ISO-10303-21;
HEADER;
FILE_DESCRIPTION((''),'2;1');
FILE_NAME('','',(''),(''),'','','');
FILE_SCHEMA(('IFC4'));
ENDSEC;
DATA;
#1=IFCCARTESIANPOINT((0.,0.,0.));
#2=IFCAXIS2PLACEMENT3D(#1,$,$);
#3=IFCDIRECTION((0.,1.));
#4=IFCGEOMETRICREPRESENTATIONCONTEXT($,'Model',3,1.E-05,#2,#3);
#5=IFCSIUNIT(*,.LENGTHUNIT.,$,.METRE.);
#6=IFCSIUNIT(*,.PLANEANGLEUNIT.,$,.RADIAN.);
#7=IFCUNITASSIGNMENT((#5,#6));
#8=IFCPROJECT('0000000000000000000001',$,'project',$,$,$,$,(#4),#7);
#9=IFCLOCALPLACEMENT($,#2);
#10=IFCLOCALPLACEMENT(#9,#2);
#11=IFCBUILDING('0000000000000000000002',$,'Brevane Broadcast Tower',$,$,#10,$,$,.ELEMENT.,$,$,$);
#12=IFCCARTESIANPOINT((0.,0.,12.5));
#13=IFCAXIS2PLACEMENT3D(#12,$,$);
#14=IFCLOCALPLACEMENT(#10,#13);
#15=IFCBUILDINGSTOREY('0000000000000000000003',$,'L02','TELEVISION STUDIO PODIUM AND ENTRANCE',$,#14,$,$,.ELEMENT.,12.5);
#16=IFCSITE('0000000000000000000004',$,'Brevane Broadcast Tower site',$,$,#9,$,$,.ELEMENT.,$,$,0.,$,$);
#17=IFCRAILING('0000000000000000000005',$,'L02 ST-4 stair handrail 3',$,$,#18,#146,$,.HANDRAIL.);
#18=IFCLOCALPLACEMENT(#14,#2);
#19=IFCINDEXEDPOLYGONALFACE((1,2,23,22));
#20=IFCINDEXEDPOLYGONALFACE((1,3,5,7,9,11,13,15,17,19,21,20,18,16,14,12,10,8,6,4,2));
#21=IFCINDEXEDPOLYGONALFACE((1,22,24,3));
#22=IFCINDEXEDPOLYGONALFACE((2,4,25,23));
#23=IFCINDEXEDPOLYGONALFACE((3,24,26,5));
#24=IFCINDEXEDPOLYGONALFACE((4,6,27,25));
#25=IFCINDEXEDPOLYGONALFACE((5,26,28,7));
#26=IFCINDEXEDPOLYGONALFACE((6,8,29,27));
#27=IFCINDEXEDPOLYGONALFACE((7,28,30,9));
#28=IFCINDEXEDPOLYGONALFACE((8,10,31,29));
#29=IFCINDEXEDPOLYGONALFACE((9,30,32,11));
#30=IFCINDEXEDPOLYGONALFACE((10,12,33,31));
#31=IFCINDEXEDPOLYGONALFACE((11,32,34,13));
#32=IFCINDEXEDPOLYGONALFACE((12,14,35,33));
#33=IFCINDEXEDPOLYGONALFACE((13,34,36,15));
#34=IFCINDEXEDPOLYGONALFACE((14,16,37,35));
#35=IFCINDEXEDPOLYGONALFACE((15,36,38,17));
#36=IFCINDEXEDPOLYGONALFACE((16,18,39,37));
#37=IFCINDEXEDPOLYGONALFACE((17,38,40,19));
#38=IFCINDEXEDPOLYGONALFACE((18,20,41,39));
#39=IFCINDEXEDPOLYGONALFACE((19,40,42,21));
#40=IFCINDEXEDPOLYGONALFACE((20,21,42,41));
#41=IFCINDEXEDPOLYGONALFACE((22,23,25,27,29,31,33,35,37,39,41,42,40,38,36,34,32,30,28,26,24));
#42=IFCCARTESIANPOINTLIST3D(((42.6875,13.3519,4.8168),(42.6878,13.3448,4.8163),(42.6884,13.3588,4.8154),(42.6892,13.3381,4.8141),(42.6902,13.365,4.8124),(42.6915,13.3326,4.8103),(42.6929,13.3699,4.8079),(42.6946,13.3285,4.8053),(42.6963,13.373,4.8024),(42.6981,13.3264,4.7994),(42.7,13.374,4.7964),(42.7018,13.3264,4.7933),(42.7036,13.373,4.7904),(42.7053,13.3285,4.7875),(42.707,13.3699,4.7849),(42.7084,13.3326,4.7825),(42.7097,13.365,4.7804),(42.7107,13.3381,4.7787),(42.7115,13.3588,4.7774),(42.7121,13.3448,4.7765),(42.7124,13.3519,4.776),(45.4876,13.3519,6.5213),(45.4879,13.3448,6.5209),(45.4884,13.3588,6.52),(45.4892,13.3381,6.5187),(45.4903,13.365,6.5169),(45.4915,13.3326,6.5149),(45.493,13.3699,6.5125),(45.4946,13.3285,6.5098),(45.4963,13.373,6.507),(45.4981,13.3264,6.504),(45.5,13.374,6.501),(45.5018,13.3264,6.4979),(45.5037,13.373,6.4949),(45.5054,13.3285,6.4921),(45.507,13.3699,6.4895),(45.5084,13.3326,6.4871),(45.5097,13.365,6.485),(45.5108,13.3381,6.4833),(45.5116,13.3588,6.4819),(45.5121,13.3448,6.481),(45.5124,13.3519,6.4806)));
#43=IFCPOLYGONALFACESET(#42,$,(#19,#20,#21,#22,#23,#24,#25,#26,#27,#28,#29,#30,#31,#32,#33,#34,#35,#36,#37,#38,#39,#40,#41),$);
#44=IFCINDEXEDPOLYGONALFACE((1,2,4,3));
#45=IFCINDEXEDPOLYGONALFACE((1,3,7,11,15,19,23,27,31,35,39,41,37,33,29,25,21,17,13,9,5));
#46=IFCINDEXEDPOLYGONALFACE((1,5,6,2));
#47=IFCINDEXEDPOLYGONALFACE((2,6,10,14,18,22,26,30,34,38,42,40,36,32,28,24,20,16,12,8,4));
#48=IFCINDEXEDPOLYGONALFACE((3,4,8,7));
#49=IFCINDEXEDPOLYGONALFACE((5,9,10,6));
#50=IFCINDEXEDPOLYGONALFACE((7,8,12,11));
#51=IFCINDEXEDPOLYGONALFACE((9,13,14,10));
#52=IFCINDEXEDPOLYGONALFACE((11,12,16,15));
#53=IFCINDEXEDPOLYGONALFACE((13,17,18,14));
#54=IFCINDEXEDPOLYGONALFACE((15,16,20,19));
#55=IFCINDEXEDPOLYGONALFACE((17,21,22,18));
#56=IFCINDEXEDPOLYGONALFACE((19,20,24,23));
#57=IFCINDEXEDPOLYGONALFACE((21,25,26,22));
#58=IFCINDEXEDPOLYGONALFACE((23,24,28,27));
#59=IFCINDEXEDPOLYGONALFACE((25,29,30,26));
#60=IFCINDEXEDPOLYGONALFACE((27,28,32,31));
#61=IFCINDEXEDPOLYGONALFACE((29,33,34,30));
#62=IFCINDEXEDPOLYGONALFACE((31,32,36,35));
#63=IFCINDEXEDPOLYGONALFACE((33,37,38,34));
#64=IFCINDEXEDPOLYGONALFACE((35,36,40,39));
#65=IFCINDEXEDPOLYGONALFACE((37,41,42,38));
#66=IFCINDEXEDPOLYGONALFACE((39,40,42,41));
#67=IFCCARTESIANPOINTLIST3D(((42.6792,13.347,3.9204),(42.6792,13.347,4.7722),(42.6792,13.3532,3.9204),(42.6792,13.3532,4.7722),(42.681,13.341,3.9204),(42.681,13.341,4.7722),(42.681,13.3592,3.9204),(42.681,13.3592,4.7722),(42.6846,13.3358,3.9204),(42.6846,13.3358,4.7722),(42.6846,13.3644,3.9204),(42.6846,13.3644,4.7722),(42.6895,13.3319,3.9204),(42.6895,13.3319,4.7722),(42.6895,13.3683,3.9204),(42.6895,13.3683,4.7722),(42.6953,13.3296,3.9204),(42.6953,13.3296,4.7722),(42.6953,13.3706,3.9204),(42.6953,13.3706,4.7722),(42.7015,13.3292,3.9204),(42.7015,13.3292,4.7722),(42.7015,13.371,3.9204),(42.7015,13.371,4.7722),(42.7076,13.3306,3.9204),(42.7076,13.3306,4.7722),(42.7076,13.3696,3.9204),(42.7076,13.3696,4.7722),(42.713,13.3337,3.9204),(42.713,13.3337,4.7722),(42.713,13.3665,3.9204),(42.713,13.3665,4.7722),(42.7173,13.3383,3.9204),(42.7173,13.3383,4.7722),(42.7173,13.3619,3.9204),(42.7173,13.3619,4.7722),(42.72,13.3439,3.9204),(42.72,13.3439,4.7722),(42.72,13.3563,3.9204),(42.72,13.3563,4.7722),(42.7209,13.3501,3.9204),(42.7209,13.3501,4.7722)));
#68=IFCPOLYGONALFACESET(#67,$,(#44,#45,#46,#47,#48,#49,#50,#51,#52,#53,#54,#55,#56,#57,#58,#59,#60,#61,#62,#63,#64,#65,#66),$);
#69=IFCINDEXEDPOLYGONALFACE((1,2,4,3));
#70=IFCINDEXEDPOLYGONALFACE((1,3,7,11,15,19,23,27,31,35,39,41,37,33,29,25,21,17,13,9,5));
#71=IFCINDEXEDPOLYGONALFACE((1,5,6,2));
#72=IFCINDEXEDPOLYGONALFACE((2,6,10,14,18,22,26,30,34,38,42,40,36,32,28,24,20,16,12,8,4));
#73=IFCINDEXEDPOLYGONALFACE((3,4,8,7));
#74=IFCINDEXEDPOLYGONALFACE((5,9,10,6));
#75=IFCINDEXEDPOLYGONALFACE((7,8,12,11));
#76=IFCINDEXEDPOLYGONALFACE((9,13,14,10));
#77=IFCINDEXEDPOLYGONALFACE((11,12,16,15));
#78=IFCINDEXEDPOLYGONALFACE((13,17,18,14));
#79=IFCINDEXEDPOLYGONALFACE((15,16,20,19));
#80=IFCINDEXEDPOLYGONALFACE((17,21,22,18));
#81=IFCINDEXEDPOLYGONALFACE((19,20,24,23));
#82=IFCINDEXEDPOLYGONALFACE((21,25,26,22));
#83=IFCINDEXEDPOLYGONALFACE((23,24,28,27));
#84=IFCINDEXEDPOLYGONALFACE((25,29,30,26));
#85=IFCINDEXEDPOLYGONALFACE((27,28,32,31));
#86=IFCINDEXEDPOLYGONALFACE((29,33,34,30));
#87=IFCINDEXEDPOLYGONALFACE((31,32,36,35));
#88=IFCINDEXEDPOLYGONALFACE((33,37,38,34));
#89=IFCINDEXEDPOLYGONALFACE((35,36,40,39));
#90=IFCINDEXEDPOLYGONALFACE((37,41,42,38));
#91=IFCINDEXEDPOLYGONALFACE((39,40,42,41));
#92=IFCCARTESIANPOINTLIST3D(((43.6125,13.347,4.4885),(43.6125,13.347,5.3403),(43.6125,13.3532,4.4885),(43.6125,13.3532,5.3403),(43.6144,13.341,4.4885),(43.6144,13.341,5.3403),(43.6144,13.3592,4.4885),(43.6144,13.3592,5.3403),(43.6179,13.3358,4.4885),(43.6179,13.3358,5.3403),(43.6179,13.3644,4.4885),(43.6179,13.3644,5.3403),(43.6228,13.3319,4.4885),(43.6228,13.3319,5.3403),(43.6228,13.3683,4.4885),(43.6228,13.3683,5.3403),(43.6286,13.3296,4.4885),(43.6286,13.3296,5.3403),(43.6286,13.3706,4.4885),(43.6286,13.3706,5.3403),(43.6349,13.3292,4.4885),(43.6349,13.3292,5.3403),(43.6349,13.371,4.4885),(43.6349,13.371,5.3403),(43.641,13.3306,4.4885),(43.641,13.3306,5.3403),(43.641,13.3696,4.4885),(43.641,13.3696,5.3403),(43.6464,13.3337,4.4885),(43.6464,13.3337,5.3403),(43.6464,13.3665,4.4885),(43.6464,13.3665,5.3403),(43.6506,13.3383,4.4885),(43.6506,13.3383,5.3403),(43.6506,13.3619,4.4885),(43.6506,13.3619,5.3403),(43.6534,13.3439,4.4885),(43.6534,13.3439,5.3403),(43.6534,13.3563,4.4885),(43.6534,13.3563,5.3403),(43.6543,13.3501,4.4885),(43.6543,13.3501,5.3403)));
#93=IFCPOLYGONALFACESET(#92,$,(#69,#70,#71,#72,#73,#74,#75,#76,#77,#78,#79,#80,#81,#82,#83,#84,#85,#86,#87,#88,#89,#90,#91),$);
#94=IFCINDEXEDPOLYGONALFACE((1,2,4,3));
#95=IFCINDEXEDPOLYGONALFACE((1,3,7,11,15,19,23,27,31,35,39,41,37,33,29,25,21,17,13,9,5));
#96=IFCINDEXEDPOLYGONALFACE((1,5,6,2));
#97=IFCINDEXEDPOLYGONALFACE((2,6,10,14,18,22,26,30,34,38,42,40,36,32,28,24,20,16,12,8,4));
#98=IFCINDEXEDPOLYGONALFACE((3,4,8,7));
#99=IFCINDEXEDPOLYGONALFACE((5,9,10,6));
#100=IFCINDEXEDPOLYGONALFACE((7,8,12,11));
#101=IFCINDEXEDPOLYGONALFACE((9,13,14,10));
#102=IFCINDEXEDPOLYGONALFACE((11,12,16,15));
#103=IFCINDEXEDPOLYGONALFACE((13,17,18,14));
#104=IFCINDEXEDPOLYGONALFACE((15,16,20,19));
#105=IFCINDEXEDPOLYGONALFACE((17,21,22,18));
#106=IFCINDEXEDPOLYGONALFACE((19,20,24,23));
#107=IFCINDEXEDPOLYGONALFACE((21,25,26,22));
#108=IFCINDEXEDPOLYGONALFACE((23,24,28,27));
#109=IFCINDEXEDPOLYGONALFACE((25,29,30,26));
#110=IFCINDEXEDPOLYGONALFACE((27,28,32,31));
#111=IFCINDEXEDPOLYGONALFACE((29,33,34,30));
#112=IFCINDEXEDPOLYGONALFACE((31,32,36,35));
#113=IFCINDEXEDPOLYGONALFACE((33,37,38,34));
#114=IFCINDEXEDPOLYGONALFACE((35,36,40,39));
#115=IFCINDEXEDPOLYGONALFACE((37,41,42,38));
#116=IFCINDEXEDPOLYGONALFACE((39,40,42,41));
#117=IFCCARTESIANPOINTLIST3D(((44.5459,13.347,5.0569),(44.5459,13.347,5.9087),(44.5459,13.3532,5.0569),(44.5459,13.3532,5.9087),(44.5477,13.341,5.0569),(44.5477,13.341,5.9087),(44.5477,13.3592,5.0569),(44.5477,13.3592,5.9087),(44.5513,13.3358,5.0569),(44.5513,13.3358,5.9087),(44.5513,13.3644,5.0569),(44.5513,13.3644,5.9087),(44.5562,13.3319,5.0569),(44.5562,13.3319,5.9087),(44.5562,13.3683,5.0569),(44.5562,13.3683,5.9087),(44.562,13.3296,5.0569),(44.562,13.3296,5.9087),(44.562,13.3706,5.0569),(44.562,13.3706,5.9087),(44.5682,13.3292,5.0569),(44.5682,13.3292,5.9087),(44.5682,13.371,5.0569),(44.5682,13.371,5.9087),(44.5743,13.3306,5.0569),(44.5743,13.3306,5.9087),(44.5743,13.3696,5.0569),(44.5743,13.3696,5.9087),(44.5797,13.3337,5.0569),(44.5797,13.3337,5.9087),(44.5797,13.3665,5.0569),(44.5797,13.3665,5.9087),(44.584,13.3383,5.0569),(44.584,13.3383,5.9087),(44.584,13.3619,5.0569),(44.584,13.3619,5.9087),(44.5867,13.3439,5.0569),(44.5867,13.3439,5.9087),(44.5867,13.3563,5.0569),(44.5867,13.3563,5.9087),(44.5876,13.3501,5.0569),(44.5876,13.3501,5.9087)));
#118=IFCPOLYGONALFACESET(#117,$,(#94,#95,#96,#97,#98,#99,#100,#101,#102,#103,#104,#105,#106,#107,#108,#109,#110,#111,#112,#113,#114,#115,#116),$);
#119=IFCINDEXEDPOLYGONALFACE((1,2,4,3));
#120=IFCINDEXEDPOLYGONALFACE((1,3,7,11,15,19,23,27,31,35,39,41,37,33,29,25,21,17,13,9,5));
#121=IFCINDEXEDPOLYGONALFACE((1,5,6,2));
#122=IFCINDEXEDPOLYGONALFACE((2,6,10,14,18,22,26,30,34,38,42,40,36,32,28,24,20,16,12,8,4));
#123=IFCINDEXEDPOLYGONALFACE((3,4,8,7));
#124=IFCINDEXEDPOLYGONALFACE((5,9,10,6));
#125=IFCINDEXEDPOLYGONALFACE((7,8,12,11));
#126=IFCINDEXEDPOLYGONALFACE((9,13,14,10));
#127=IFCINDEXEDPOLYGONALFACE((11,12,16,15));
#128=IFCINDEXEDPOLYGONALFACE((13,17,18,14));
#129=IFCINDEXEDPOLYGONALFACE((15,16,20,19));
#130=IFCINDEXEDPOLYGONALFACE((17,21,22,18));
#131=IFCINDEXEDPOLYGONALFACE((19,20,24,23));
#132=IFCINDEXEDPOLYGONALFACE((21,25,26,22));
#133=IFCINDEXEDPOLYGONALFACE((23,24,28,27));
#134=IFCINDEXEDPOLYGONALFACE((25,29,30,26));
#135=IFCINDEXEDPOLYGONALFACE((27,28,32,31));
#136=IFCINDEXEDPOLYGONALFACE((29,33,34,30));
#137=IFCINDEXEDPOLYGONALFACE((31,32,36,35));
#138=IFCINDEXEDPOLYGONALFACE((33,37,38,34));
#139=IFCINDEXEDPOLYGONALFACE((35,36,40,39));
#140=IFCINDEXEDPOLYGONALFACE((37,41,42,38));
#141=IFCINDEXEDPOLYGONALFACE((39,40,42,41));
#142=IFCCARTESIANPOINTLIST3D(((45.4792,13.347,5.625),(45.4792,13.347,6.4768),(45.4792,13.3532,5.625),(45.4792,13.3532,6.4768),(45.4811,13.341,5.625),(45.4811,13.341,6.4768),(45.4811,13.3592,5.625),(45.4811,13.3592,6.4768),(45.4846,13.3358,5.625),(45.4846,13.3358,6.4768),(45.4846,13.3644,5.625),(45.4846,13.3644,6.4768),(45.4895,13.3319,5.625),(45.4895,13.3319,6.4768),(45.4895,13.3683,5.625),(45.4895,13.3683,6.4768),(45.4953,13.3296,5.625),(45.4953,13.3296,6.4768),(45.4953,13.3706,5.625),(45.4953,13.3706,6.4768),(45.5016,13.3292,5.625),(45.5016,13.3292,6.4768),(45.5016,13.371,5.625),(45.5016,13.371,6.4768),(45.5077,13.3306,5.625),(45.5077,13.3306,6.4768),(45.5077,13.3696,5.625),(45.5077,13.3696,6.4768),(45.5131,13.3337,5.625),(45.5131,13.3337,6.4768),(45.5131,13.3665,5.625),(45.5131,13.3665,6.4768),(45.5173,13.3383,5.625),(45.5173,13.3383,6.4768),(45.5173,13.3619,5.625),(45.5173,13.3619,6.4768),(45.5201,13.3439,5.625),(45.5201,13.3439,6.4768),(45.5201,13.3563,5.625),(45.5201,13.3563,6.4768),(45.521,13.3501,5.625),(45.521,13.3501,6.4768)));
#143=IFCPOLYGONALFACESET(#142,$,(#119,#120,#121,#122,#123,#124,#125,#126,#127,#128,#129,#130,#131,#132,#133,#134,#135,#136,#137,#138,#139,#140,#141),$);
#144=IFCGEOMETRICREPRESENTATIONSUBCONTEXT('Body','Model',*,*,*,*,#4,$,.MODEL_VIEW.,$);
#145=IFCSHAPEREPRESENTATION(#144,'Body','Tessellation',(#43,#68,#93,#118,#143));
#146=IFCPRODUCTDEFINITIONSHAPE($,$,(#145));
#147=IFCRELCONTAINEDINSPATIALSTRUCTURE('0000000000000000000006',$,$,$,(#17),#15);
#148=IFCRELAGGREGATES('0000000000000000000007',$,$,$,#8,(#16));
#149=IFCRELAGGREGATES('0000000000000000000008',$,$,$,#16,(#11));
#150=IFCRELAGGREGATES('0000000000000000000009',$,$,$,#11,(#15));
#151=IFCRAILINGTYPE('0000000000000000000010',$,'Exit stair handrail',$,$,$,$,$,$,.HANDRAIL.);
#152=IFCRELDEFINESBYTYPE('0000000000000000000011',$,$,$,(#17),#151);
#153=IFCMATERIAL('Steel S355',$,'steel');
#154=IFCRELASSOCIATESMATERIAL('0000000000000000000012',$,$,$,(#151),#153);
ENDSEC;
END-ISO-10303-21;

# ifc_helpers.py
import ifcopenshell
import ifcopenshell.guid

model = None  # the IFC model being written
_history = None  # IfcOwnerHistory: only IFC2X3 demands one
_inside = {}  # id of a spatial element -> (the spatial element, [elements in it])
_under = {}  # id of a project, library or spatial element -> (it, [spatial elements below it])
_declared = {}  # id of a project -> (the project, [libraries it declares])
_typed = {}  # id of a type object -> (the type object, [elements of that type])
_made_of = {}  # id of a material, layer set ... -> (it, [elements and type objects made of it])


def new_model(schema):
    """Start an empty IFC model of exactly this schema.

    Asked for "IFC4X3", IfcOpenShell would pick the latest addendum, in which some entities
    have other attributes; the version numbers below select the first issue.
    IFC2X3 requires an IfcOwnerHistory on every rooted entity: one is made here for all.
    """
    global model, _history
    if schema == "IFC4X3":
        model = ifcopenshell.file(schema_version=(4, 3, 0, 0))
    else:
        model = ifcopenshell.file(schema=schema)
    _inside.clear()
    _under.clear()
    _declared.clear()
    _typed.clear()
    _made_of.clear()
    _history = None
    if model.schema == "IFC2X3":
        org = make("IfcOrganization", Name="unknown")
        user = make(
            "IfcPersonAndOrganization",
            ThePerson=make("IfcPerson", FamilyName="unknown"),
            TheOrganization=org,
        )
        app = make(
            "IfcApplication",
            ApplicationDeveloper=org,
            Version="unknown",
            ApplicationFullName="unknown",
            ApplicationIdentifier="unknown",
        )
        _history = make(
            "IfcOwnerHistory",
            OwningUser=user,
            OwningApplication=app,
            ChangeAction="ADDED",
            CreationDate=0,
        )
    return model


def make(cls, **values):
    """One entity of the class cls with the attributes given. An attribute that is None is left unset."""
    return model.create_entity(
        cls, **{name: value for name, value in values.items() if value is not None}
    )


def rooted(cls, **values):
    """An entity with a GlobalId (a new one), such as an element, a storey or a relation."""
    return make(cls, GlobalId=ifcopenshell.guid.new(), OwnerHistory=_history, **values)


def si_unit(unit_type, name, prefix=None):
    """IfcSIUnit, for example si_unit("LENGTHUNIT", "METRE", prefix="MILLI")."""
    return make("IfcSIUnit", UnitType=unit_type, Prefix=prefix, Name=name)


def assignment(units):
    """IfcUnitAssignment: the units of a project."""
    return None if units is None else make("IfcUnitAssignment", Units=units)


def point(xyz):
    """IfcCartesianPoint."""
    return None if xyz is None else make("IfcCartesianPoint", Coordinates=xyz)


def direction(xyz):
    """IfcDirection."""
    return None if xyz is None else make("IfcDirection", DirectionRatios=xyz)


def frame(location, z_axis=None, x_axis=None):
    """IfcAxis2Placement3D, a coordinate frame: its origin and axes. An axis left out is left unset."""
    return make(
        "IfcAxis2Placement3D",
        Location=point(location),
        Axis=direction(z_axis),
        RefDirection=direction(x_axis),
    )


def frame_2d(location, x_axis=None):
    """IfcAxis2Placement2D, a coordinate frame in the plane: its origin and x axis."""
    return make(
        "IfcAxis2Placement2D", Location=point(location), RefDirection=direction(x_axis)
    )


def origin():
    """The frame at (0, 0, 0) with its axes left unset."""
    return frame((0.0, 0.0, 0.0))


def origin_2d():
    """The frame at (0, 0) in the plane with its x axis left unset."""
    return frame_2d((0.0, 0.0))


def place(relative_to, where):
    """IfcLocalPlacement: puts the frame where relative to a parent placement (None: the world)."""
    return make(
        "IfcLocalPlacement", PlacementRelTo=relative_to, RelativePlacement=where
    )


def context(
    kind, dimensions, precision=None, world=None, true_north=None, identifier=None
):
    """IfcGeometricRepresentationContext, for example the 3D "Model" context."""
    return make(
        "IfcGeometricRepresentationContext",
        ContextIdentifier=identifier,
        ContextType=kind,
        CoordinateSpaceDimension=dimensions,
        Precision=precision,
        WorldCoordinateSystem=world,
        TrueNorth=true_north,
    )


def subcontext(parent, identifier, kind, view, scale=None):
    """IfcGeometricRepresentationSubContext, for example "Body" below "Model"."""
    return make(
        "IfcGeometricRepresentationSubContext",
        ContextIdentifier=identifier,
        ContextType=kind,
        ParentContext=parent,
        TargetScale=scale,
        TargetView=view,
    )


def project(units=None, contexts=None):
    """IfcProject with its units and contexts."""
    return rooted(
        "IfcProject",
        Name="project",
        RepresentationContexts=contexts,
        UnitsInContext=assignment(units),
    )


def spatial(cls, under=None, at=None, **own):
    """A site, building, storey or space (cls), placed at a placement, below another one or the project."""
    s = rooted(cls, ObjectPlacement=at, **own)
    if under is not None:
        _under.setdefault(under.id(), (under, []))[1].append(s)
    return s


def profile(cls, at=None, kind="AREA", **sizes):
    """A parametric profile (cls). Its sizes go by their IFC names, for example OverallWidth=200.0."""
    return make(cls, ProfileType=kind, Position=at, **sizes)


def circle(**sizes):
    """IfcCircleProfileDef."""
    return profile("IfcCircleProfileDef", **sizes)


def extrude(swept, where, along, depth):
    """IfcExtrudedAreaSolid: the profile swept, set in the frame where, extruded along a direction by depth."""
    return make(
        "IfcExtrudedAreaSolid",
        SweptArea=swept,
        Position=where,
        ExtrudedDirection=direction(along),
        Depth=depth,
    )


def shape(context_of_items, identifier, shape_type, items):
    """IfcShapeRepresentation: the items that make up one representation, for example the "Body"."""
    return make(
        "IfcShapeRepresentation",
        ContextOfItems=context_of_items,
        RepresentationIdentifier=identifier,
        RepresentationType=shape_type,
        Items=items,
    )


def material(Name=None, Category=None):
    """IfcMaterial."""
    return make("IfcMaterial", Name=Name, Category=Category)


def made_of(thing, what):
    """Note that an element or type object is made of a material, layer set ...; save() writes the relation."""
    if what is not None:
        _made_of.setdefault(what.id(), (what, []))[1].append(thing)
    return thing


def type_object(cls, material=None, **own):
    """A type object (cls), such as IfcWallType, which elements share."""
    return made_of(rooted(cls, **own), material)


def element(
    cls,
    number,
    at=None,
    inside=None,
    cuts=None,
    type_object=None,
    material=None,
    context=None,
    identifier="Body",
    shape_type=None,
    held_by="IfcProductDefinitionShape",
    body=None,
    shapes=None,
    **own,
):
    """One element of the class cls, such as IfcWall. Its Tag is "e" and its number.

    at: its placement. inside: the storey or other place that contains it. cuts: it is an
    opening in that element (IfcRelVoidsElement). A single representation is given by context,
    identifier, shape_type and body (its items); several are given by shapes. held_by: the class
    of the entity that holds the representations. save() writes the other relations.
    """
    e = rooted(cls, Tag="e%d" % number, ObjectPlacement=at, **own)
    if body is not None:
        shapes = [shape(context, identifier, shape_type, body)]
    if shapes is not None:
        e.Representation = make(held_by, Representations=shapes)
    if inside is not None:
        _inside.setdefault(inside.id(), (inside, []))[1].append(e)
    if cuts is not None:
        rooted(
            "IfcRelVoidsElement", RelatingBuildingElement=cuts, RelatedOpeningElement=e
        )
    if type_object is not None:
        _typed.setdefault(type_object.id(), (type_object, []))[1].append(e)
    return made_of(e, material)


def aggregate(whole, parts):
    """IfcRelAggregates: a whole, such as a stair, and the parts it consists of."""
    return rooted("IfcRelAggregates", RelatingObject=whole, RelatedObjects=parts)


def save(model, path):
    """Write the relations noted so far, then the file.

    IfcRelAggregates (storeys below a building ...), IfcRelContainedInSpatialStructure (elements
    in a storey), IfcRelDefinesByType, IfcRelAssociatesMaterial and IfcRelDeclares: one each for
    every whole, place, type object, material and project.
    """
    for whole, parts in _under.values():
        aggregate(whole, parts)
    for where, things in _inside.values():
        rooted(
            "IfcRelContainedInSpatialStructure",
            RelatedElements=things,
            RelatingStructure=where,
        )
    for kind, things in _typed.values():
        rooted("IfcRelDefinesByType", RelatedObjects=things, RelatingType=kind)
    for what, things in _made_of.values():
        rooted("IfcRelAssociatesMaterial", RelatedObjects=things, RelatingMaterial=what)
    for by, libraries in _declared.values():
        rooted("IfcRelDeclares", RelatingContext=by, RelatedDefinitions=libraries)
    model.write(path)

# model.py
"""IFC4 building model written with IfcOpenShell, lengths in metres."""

from ifc_helpers import new_model, si_unit, direction, frame, origin, origin_2d, place, context, subcontext, project, spatial, circle, extrude, material, type_object, element, save


model = new_model("IFC4")

# Units and contexts
model_context = context("Model", 3, precision=1e-05, world=origin(), true_north=direction((0.0, 1.0)))
body_context = subcontext(model_context, "Body", "Model", "MODEL_VIEW")
ifc_project = project(units=[si_unit("LENGTHUNIT", "METRE"), si_unit("PLANEANGLEUNIT", "RADIAN")], contexts=[model_context])

# Site, building, storey
site_placement = place(None, origin())
site = spatial("IfcSite", under=ifc_project, at=site_placement, Name="Brevane Broadcast Tower site", CompositionType="ELEMENT", RefElevation=0.0)
building_placement = place(site_placement, origin())
building = spatial("IfcBuilding", under=site, at=building_placement, Name="Brevane Broadcast Tower", CompositionType="ELEMENT")
storey_placement = place(building_placement, frame((0.0, 0.0, 12.5)))
storey = spatial("IfcBuildingStorey", under=building, at=storey_placement, Name="L02", Description="TELEVISION STUDIO PODIUM AND ENTRANCE", CompositionType="ELEMENT", Elevation=12.5)

# Railing
ifc_material_1 = material(Name="Steel S355", Category="steel")
railing_type_1 = type_object("IfcRailingType", Name="Exit stair handrail", PredefinedType="HANDRAIL", material=ifc_material_1)
railing_1_placement = place(storey_placement, frame((42.7, 13.3501, 3.9204)))
element("IfcRailing", 1, at=railing_1_placement, inside=storey, type_object=railing_type_1, Name="L02 ST-4 stair handrail 3", PredefinedType="HANDRAIL", context=body_context, shape_type="SweptSolid", body=[
    extrude(circle(Radius=0.0239, at=origin_2d()), frame((0.0, 0.0, 0.876), z_axis=(0.85417, 0.0, 0.519994), x_axis=(0.0, 1.0, 0.0)), (0.0, 0.0, 1.0), 3.2781),
    extrude(circle(Radius=0.021, at=origin_2d()), origin(), (0.0, 0.0, 1.0), 0.8518),
    extrude(circle(Radius=0.021, at=origin_2d()), frame((0.9333, 0.0, 0.5681)), (0.0, 0.0, 1.0), 0.8518),
    extrude(circle(Radius=0.021, at=origin_2d()), frame((1.8667, 0.0, 1.1365)), (0.0, 0.0, 1.0), 0.8518),
    extrude(circle(Radius=0.021, at=origin_2d()), frame((2.8, 0.0, 1.7046)), (0.0, 0.0, 1.0), 0.8518),
])

save(model, "model.ifc")
